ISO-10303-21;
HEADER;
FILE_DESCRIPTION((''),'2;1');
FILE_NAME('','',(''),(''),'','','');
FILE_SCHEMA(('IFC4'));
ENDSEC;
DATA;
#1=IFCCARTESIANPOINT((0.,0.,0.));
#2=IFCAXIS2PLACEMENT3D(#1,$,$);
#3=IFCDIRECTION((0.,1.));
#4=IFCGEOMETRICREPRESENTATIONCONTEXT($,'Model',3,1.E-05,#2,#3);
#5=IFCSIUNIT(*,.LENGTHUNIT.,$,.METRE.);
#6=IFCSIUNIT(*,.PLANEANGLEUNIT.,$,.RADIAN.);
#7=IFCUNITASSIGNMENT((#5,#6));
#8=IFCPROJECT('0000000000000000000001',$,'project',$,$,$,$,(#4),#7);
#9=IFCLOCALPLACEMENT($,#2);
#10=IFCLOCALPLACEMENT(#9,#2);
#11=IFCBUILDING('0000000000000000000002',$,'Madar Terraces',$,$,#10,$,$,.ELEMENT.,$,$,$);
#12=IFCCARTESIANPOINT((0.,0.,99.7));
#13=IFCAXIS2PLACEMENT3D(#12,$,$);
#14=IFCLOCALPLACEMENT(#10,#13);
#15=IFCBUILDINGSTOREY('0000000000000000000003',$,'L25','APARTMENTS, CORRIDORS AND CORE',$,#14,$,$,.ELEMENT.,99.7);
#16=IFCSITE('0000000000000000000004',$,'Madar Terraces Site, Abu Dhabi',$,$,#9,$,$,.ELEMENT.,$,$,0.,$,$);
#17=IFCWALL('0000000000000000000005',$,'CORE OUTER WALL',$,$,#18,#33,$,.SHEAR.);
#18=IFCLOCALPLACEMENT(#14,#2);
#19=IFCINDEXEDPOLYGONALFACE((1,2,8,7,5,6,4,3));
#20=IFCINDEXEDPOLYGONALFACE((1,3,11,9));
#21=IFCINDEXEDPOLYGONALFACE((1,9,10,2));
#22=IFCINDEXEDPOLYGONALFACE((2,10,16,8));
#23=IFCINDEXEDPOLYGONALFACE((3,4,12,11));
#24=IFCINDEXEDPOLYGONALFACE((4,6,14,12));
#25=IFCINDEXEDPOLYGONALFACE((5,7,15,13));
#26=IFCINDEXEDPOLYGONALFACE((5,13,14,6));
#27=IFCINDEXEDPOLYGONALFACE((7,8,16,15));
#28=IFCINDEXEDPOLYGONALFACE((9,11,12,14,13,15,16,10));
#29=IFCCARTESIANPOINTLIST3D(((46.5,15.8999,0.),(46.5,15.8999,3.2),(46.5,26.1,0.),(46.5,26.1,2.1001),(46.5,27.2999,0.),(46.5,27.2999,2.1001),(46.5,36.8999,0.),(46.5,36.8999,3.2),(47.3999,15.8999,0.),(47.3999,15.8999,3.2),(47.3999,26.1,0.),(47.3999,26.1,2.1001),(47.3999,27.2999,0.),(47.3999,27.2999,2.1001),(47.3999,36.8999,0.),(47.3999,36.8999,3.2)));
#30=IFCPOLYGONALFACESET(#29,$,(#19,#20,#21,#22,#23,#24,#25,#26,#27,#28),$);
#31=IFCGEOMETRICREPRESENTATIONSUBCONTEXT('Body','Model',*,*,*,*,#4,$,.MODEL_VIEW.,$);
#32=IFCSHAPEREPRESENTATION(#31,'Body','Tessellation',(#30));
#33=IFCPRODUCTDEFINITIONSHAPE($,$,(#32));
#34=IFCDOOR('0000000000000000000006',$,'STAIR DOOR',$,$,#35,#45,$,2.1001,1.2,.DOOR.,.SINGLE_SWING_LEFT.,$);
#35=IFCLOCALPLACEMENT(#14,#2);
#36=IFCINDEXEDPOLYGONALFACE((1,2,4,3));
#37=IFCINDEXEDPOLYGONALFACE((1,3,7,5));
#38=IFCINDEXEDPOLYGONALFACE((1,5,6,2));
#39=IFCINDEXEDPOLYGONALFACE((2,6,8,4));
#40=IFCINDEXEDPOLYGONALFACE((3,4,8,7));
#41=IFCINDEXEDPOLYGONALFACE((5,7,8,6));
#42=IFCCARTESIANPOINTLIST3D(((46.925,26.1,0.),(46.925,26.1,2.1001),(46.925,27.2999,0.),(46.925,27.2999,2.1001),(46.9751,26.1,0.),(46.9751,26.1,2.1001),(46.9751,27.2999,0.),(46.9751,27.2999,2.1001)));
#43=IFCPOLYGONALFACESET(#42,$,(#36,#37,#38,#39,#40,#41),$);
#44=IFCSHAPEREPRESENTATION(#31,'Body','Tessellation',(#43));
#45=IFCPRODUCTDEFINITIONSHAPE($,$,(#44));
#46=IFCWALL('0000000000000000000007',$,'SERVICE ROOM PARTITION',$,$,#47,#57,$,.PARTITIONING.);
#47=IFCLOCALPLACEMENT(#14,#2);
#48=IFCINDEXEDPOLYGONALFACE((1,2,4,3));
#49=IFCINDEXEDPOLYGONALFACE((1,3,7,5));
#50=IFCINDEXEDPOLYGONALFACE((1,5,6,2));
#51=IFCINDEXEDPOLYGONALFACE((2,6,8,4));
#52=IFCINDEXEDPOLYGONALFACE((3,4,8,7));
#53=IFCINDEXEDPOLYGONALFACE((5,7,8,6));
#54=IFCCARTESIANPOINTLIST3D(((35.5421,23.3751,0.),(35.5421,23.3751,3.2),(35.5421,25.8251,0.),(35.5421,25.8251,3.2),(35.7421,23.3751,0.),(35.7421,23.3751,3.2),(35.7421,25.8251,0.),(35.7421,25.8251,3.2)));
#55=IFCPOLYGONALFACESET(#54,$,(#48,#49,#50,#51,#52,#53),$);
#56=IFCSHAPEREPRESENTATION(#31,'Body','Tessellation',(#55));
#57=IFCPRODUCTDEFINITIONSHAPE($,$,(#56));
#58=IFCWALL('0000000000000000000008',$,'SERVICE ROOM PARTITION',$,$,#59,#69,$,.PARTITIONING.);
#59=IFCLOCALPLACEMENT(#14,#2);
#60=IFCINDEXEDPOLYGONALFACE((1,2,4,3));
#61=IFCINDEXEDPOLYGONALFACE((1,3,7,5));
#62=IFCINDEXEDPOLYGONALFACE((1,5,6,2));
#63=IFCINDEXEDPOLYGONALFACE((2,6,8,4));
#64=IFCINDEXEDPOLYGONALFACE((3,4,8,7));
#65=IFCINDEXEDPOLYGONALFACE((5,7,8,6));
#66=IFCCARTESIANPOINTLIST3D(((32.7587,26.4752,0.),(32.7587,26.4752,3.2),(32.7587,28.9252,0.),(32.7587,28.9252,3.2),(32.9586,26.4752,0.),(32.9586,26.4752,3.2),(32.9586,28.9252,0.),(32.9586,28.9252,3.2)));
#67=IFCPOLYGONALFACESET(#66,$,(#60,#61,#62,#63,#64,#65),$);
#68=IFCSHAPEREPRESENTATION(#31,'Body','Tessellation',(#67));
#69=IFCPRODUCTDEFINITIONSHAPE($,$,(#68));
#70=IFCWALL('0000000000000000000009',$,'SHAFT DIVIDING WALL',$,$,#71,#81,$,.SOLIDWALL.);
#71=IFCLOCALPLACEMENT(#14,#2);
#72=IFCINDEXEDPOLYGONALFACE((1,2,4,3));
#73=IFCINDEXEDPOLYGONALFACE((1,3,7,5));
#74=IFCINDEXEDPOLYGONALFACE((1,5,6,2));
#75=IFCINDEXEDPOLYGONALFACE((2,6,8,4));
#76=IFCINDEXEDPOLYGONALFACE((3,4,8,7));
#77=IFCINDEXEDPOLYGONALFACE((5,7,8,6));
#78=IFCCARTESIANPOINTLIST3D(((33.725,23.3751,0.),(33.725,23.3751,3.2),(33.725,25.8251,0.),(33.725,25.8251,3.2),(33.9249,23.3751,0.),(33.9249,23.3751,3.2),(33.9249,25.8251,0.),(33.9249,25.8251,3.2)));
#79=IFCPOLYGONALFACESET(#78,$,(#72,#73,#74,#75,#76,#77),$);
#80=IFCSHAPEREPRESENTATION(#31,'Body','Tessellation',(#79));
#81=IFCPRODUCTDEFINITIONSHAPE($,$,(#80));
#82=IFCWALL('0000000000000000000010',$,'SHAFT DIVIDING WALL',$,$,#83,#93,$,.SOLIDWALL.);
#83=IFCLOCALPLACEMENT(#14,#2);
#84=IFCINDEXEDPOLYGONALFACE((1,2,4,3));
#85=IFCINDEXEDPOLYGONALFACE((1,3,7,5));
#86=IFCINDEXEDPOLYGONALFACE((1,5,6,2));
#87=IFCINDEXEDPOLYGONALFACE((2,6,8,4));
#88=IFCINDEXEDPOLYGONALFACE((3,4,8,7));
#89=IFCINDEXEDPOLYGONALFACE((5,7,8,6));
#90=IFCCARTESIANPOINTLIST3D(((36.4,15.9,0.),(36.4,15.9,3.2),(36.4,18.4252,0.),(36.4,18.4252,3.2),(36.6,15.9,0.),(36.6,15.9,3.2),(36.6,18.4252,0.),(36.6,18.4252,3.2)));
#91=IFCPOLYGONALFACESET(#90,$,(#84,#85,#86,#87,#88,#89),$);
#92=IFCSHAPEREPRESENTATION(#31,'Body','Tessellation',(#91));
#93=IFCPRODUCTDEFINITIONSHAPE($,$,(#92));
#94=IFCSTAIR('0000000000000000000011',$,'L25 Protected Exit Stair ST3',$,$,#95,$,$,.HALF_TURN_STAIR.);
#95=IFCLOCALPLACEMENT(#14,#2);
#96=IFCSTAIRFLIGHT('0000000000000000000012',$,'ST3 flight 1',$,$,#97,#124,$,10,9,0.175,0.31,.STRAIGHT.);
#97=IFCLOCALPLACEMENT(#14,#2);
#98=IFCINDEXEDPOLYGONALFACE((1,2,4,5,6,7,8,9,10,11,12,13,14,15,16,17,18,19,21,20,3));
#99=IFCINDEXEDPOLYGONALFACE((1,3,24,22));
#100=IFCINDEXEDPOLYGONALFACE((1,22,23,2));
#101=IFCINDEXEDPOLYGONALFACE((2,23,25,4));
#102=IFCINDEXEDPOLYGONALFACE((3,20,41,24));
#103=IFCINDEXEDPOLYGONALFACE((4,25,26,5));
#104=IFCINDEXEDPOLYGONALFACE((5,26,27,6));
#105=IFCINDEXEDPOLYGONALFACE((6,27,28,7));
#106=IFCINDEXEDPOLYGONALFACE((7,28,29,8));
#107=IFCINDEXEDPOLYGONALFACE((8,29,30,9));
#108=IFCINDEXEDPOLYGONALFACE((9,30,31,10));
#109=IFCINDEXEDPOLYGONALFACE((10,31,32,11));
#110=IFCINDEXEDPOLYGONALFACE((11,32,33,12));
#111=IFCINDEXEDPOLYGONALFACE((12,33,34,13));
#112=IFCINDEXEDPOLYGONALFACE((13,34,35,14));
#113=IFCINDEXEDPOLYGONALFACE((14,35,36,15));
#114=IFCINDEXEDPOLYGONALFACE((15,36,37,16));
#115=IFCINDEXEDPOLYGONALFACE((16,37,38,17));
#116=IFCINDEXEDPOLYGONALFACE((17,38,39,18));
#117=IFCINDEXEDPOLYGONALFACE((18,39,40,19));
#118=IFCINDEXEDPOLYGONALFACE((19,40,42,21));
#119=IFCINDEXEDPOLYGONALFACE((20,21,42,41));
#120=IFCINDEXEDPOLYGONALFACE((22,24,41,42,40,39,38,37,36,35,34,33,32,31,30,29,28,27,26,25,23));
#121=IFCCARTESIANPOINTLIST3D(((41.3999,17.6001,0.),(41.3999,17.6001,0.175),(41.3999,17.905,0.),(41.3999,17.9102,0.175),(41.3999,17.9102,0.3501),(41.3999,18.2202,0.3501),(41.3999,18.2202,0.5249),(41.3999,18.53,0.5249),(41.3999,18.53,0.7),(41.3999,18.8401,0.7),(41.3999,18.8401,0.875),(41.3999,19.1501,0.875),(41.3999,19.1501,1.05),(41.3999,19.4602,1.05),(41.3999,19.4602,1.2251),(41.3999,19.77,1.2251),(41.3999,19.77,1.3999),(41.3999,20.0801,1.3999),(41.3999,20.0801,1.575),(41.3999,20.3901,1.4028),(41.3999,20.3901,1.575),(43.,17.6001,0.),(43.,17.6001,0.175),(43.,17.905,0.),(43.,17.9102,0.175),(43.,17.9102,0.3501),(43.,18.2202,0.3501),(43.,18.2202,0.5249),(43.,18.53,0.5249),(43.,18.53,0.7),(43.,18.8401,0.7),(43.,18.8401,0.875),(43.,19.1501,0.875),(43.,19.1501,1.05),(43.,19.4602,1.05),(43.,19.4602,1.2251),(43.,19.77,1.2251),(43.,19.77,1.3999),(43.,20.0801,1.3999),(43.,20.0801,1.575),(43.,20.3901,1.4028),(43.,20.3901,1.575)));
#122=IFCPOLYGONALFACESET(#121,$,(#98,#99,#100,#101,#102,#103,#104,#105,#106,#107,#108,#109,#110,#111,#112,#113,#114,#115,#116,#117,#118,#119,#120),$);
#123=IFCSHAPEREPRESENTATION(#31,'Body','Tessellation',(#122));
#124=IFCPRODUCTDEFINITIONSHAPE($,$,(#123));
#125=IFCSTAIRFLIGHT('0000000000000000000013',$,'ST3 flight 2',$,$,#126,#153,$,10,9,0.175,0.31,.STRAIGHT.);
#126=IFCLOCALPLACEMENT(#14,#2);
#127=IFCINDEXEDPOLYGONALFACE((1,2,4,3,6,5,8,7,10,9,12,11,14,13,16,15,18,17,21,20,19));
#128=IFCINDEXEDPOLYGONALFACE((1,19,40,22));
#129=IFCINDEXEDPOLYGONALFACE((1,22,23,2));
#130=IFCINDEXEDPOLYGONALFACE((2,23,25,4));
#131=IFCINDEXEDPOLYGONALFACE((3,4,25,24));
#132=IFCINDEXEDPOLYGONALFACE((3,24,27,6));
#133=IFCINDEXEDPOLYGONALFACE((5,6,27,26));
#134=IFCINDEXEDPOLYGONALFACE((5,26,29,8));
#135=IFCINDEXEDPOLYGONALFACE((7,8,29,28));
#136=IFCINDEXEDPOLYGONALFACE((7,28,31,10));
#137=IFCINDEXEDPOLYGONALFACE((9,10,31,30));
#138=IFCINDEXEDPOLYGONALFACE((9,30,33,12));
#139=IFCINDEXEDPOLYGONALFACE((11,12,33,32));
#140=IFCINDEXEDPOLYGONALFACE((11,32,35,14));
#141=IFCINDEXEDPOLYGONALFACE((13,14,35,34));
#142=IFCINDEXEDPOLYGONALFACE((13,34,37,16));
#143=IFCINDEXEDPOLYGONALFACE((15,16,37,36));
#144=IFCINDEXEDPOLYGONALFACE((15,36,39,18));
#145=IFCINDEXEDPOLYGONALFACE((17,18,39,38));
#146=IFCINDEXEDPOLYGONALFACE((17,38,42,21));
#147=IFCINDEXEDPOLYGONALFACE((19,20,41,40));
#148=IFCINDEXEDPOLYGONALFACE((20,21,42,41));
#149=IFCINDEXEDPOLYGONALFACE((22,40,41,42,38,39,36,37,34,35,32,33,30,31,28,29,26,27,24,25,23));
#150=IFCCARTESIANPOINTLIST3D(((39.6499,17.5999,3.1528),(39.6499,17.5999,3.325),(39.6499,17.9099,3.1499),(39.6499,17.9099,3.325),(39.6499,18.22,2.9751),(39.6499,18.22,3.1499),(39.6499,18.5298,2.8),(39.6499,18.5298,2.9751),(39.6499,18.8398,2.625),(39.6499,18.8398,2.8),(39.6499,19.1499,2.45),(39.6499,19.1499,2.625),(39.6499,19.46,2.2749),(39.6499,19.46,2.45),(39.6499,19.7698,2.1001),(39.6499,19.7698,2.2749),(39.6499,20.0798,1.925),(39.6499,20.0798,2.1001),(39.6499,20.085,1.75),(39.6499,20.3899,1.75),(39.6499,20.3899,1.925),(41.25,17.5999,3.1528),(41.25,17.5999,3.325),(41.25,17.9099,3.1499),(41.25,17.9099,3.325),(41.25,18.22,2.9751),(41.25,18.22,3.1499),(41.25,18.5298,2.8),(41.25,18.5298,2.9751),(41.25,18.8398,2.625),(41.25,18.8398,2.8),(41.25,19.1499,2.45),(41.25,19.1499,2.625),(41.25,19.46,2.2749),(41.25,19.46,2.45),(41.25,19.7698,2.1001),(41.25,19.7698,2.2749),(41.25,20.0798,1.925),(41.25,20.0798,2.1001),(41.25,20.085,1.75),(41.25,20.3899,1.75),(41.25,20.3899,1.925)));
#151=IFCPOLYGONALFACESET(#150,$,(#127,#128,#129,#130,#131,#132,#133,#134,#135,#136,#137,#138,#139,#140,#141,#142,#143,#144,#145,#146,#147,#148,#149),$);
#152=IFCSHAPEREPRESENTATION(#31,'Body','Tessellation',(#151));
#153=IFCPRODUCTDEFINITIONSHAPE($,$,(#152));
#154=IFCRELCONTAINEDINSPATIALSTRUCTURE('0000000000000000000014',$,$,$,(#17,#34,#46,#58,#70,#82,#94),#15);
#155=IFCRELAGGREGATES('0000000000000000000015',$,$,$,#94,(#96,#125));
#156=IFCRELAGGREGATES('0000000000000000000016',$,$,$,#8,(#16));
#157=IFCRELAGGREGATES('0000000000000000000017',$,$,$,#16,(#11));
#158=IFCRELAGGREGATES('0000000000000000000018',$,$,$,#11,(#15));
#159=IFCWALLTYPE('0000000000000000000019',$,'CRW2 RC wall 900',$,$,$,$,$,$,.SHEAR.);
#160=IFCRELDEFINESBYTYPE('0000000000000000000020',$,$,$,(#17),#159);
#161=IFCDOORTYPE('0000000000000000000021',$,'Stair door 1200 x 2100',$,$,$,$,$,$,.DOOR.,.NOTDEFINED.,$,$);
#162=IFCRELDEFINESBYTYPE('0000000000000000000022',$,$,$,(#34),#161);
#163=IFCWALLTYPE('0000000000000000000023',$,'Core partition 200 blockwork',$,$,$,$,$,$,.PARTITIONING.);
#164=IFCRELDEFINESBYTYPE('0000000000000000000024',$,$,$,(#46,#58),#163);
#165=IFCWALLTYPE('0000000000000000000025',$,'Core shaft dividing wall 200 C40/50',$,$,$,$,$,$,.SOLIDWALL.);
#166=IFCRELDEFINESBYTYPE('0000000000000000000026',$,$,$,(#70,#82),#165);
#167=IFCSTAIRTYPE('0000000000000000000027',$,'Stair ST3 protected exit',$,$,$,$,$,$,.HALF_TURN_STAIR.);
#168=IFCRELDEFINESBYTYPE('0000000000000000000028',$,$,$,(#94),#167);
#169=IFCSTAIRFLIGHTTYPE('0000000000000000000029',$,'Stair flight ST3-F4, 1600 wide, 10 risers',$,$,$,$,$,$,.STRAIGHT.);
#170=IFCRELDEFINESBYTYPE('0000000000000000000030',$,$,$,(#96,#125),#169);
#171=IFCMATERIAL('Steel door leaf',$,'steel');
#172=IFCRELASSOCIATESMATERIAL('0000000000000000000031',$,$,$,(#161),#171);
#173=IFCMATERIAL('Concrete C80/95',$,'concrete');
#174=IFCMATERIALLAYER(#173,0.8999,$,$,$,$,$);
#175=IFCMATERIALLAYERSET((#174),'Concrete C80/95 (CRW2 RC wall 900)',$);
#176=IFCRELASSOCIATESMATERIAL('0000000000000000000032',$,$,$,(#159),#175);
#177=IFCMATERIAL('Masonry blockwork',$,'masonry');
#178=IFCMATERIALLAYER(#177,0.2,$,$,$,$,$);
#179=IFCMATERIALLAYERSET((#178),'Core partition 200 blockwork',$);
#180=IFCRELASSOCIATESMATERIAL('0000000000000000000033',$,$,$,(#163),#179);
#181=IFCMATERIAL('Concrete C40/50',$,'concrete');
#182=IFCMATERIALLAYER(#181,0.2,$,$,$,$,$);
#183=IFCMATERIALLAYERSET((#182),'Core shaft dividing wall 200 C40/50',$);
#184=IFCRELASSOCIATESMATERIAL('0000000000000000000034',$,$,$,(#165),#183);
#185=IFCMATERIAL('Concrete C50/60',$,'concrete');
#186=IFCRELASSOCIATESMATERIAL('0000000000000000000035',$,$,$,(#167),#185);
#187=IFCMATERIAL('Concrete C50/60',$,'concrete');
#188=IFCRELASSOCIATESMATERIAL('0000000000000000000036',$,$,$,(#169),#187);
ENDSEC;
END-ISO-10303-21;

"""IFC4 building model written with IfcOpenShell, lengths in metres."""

from ifc_helpers import new_model, si_unit, direction, frame, frame_2d, origin, place, context, subcontext, project, spatial, polyline, rectangle, outline, extrude, material, layer, layer_set, type_object, element, fill, aggregate, save


model = new_model("IFC4")

# Units and contexts
model_context = context("Model", 3, precision=1e-05, world=origin(), true_north=direction((0.0, 1.0)))
body_context = subcontext(model_context, "Body", "Model", "MODEL_VIEW")
ifc_project = project(units=[si_unit("LENGTHUNIT", "METRE"), si_unit("PLANEANGLEUNIT", "RADIAN")], contexts=[model_context])

# Site, building, storey
site_placement = place(None, origin())
site = spatial("IfcSite", under=ifc_project, at=site_placement, Name="Madar Terraces Site, Abu Dhabi", CompositionType="ELEMENT", RefElevation=0.0)
building_placement = place(site_placement, origin())
building = spatial("IfcBuilding", under=site, at=building_placement, Name="Madar Terraces", CompositionType="ELEMENT")
storey_placement = place(building_placement, frame((0.0, 0.0, 99.7)))
storey = spatial("IfcBuildingStorey", under=building, at=storey_placement, Name="L25", Description="APARTMENTS, CORRIDORS AND CORE", CompositionType="ELEMENT", Elevation=99.7)

# Shared definitions
ifc_material_1 = material(Name="Steel door leaf", Category="steel")
door_type_1 = type_object("IfcDoorType", Name="Stair door 1200 x 2100", OperationType="NOTDEFINED", PredefinedType="DOOR", material=ifc_material_1)

# Wall, opening, door
ifc_material_2 = material(Name="Concrete C80/95", Category="concrete")
ifc_layer_1 = layer(ifc_material_2, 0.8999)
ifc_layer_set_1 = layer_set([ifc_layer_1], Name="Concrete C80/95 (CRW2 RC wall 900)")
wall_type_1 = type_object("IfcWallType", Name="CRW2 RC wall 900", PredefinedType="SHEAR", material=ifc_layer_set_1)
wall_1_placement = place(storey_placement, frame((46.95, 15.8999, 0.0), z_axis=(0.0, 0.0, 1.0), x_axis=(0.0, 1.0, 0.0)))
wall_1 = element("IfcWall", 1, at=wall_1_placement, inside=storey, type_object=wall_type_1, Name="CORE OUTER WALL", PredefinedType="SHEAR", context=body_context, shape_type="SweptSolid", body=[
    extrude(rectangle(XDim=21.0, YDim=0.8999, at=frame_2d((10.5, 0.0))), origin(), (0.0, 0.0, 1.0), 3.2),
])
opening_1_placement = place(wall_1_placement, frame((10.2, 0.0, 0.0)))
opening_1 = element("IfcOpeningElement", 2, at=opening_1_placement, cuts=wall_1, PredefinedType="OPENING", context=body_context, shape_type="SweptSolid", body=[
    extrude(rectangle(XDim=1.2, YDim=2.1001, at=frame_2d((0.6001, 1.05))), frame((0.0, 0.46, 0.0), z_axis=(0.0, -1.0, 0.0), x_axis=(1.0, 0.0, 0.0)), (0.0, 0.0, 1.0), 0.9199),
])
door_1_placement = place(opening_1_placement, origin())
door_1 = element("IfcDoor", 3, at=door_1_placement, inside=storey, type_object=door_type_1, Name="STAIR DOOR", OperationType="SINGLE_SWING_LEFT", OverallHeight=2.1001, OverallWidth=1.2, PredefinedType="DOOR", context=body_context, shape_type="SweptSolid", body=[
    extrude(rectangle(XDim=1.2, YDim=2.1001, at=frame_2d((0.6001, 1.05))), frame((0.0, 0.0249, 0.0), z_axis=(0.0, -1.0, 0.0), x_axis=(1.0, 0.0, 0.0)), (0.0, 0.0, 1.0), 0.05),
])
fill(opening_1, door_1)

# Walls
ifc_material_3 = material(Name="Masonry blockwork", Category="masonry")
ifc_layer_2 = layer(ifc_material_3, 0.2)
ifc_layer_set_2 = layer_set([ifc_layer_2], Name="Core partition 200 blockwork")
wall_type_2 = type_object("IfcWallType", Name="Core partition 200 blockwork", PredefinedType="PARTITIONING", material=ifc_layer_set_2)
for number, where, z_axis, x_axis, name in (
    (4, (35.6421, 23.375, 0.0), (0.0, 0.0, 1.0), (0.0, 1.0, 0.0), "SERVICE ROOM PARTITION"),
    (5, (32.8586, 26.4751, 0.0), (0.0, 0.0, 1.0), (0.0, 1.0, 0.0), "SERVICE ROOM PARTITION"),
):
    element("IfcWall", number, at=place(storey_placement, frame(where, z_axis=z_axis, x_axis=x_axis)), inside=storey, type_object=wall_type_2, Name=name, PredefinedType="PARTITIONING", context=body_context, shape_type="SweptSolid", body=[
        extrude(rectangle(XDim=2.45, YDim=0.2, at=frame_2d((1.2251, 0.0))), origin(), (0.0, 0.0, 1.0), 3.2),
    ])
ifc_material_4 = material(Name="Concrete C40/50", Category="concrete")
ifc_layer_3 = layer(ifc_material_4, 0.2)
ifc_layer_set_3 = layer_set([ifc_layer_3], Name="Core shaft dividing wall 200 C40/50")
wall_type_3 = type_object("IfcWallType", Name="Core shaft dividing wall 200 C40/50", PredefinedType="SOLIDWALL", material=ifc_layer_set_3)
wall_2_placement = place(storey_placement, frame((33.825, 23.375, 0.0), z_axis=(0.0, 0.0, 1.0), x_axis=(0.0, 1.0, 0.0)))
element("IfcWall", 6, at=wall_2_placement, inside=storey, type_object=wall_type_3, Name="SHAFT DIVIDING WALL", PredefinedType="SOLIDWALL", context=body_context, shape_type="SweptSolid", body=[
    extrude(rectangle(XDim=2.45, YDim=0.2, at=frame_2d((1.2251, 0.0))), origin(), (0.0, 0.0, 1.0), 3.2),
])
wall_3_placement = place(storey_placement, frame((36.5, 15.8999, 0.0), z_axis=(0.0, 0.0, 1.0), x_axis=(0.0, 1.0, 0.0)))
element("IfcWall", 7, at=wall_3_placement, inside=storey, type_object=wall_type_3, Name="SHAFT DIVIDING WALL", PredefinedType="SOLIDWALL", context=body_context, shape_type="SweptSolid", body=[
    extrude(rectangle(XDim=2.5251, YDim=0.2, at=frame_2d((1.2627, 0.0))), origin(), (0.0, 0.0, 1.0), 3.2),
])

# Stair, stair flights
ifc_material_5 = material(Name="Concrete C50/60", Category="concrete")
stair_type = type_object("IfcStairType", Name="Stair ST3 protected exit", PredefinedType="HALF_TURN_STAIR", material=ifc_material_5)
stair_placement = place(storey_placement, origin())
stair = element("IfcStair", 8, at=stair_placement, inside=storey, type_object=stair_type, Name="L25 Protected Exit Stair ST3", PredefinedType="HALF_TURN_STAIR")
ifc_material_6 = material(Name="Concrete C50/60", Category="concrete")
stair_flight_type = type_object("IfcStairFlightType", Name="Stair flight ST3-F4, 1600 wide, 10 risers", PredefinedType="STRAIGHT", material=ifc_material_6)
stair_flight_1_placement = place(storey_placement, frame((42.2, 17.6001, 0.0), z_axis=(0.0, 0.0, 1.0), x_axis=(0.0, 1.0, 0.0)))
stair_flight_1 = element("IfcStairFlight", 9, at=stair_flight_1_placement, type_object=stair_flight_type, Name="ST3 flight 1", NumberOfRisers=10, NumberOfTreads=9, PredefinedType="STRAIGHT", RiserHeight=0.175, TreadLength=0.31, context=body_context, shape_type="SweptSolid", body=[
    extrude(outline(polyline([(0.0, 0.0), (0.0, 0.175), (0.3101, 0.175), (0.3101, 0.3501), (0.6201, 0.3501), (0.6201, 0.5249), (0.9299, 0.5249), (0.9299, 0.7), (1.24, 0.7), (1.24, 0.875), (1.55, 0.875), (1.55, 1.05), (1.8601, 1.05), (1.8601, 1.2251), (2.1699, 1.2251), (2.1699, 1.3999), (2.48, 1.3999), (2.48, 1.575), (2.79, 1.575), (2.79, 1.75), (2.79, 1.4028), (0.3049, 0.0), (0.0, 0.0)])), frame((0.0, 0.8, 0.0), z_axis=(0.0, -1.0, 0.0), x_axis=(1.0, 0.0, 0.0)), (0.0, 0.0, 1.0), 1.6001),
])
stair_flight_2_placement = place(storey_placement, frame((40.45, 20.3899, 1.75), z_axis=(0.0, 0.0, 1.0), x_axis=(0.0, -1.0, 0.0)))
stair_flight_2 = element("IfcStairFlight", 10, at=stair_flight_2_placement, type_object=stair_flight_type, Name="ST3 flight 2", NumberOfRisers=10, NumberOfTreads=9, PredefinedType="STRAIGHT", RiserHeight=0.175, TreadLength=0.31, context=body_context, shape_type="SweptSolid", body=[
    extrude(outline(polyline([(0.0, 0.0), (0.0, 0.175), (0.3101, 0.175), (0.3101, 0.3501), (0.6201, 0.3501), (0.6201, 0.5249), (0.9299, 0.5249), (0.9299, 0.7), (1.24, 0.7), (1.24, 0.875), (1.55, 0.875), (1.55, 1.05), (1.8601, 1.05), (1.8601, 1.2251), (2.1699, 1.2251), (2.1699, 1.3999), (2.48, 1.3999), (2.48, 1.575), (2.79, 1.575), (2.79, 1.75), (2.79, 1.4028), (0.3049, 0.0), (0.0, 0.0)])), frame((0.0, 0.8, 0.0), z_axis=(0.0, -1.0, 0.0), x_axis=(1.0, 0.0, 0.0)), (0.0, 0.0, 1.0), 1.6001),
])
aggregate(stair, [stair_flight_1, stair_flight_2])

save(model, "model.ifc")
